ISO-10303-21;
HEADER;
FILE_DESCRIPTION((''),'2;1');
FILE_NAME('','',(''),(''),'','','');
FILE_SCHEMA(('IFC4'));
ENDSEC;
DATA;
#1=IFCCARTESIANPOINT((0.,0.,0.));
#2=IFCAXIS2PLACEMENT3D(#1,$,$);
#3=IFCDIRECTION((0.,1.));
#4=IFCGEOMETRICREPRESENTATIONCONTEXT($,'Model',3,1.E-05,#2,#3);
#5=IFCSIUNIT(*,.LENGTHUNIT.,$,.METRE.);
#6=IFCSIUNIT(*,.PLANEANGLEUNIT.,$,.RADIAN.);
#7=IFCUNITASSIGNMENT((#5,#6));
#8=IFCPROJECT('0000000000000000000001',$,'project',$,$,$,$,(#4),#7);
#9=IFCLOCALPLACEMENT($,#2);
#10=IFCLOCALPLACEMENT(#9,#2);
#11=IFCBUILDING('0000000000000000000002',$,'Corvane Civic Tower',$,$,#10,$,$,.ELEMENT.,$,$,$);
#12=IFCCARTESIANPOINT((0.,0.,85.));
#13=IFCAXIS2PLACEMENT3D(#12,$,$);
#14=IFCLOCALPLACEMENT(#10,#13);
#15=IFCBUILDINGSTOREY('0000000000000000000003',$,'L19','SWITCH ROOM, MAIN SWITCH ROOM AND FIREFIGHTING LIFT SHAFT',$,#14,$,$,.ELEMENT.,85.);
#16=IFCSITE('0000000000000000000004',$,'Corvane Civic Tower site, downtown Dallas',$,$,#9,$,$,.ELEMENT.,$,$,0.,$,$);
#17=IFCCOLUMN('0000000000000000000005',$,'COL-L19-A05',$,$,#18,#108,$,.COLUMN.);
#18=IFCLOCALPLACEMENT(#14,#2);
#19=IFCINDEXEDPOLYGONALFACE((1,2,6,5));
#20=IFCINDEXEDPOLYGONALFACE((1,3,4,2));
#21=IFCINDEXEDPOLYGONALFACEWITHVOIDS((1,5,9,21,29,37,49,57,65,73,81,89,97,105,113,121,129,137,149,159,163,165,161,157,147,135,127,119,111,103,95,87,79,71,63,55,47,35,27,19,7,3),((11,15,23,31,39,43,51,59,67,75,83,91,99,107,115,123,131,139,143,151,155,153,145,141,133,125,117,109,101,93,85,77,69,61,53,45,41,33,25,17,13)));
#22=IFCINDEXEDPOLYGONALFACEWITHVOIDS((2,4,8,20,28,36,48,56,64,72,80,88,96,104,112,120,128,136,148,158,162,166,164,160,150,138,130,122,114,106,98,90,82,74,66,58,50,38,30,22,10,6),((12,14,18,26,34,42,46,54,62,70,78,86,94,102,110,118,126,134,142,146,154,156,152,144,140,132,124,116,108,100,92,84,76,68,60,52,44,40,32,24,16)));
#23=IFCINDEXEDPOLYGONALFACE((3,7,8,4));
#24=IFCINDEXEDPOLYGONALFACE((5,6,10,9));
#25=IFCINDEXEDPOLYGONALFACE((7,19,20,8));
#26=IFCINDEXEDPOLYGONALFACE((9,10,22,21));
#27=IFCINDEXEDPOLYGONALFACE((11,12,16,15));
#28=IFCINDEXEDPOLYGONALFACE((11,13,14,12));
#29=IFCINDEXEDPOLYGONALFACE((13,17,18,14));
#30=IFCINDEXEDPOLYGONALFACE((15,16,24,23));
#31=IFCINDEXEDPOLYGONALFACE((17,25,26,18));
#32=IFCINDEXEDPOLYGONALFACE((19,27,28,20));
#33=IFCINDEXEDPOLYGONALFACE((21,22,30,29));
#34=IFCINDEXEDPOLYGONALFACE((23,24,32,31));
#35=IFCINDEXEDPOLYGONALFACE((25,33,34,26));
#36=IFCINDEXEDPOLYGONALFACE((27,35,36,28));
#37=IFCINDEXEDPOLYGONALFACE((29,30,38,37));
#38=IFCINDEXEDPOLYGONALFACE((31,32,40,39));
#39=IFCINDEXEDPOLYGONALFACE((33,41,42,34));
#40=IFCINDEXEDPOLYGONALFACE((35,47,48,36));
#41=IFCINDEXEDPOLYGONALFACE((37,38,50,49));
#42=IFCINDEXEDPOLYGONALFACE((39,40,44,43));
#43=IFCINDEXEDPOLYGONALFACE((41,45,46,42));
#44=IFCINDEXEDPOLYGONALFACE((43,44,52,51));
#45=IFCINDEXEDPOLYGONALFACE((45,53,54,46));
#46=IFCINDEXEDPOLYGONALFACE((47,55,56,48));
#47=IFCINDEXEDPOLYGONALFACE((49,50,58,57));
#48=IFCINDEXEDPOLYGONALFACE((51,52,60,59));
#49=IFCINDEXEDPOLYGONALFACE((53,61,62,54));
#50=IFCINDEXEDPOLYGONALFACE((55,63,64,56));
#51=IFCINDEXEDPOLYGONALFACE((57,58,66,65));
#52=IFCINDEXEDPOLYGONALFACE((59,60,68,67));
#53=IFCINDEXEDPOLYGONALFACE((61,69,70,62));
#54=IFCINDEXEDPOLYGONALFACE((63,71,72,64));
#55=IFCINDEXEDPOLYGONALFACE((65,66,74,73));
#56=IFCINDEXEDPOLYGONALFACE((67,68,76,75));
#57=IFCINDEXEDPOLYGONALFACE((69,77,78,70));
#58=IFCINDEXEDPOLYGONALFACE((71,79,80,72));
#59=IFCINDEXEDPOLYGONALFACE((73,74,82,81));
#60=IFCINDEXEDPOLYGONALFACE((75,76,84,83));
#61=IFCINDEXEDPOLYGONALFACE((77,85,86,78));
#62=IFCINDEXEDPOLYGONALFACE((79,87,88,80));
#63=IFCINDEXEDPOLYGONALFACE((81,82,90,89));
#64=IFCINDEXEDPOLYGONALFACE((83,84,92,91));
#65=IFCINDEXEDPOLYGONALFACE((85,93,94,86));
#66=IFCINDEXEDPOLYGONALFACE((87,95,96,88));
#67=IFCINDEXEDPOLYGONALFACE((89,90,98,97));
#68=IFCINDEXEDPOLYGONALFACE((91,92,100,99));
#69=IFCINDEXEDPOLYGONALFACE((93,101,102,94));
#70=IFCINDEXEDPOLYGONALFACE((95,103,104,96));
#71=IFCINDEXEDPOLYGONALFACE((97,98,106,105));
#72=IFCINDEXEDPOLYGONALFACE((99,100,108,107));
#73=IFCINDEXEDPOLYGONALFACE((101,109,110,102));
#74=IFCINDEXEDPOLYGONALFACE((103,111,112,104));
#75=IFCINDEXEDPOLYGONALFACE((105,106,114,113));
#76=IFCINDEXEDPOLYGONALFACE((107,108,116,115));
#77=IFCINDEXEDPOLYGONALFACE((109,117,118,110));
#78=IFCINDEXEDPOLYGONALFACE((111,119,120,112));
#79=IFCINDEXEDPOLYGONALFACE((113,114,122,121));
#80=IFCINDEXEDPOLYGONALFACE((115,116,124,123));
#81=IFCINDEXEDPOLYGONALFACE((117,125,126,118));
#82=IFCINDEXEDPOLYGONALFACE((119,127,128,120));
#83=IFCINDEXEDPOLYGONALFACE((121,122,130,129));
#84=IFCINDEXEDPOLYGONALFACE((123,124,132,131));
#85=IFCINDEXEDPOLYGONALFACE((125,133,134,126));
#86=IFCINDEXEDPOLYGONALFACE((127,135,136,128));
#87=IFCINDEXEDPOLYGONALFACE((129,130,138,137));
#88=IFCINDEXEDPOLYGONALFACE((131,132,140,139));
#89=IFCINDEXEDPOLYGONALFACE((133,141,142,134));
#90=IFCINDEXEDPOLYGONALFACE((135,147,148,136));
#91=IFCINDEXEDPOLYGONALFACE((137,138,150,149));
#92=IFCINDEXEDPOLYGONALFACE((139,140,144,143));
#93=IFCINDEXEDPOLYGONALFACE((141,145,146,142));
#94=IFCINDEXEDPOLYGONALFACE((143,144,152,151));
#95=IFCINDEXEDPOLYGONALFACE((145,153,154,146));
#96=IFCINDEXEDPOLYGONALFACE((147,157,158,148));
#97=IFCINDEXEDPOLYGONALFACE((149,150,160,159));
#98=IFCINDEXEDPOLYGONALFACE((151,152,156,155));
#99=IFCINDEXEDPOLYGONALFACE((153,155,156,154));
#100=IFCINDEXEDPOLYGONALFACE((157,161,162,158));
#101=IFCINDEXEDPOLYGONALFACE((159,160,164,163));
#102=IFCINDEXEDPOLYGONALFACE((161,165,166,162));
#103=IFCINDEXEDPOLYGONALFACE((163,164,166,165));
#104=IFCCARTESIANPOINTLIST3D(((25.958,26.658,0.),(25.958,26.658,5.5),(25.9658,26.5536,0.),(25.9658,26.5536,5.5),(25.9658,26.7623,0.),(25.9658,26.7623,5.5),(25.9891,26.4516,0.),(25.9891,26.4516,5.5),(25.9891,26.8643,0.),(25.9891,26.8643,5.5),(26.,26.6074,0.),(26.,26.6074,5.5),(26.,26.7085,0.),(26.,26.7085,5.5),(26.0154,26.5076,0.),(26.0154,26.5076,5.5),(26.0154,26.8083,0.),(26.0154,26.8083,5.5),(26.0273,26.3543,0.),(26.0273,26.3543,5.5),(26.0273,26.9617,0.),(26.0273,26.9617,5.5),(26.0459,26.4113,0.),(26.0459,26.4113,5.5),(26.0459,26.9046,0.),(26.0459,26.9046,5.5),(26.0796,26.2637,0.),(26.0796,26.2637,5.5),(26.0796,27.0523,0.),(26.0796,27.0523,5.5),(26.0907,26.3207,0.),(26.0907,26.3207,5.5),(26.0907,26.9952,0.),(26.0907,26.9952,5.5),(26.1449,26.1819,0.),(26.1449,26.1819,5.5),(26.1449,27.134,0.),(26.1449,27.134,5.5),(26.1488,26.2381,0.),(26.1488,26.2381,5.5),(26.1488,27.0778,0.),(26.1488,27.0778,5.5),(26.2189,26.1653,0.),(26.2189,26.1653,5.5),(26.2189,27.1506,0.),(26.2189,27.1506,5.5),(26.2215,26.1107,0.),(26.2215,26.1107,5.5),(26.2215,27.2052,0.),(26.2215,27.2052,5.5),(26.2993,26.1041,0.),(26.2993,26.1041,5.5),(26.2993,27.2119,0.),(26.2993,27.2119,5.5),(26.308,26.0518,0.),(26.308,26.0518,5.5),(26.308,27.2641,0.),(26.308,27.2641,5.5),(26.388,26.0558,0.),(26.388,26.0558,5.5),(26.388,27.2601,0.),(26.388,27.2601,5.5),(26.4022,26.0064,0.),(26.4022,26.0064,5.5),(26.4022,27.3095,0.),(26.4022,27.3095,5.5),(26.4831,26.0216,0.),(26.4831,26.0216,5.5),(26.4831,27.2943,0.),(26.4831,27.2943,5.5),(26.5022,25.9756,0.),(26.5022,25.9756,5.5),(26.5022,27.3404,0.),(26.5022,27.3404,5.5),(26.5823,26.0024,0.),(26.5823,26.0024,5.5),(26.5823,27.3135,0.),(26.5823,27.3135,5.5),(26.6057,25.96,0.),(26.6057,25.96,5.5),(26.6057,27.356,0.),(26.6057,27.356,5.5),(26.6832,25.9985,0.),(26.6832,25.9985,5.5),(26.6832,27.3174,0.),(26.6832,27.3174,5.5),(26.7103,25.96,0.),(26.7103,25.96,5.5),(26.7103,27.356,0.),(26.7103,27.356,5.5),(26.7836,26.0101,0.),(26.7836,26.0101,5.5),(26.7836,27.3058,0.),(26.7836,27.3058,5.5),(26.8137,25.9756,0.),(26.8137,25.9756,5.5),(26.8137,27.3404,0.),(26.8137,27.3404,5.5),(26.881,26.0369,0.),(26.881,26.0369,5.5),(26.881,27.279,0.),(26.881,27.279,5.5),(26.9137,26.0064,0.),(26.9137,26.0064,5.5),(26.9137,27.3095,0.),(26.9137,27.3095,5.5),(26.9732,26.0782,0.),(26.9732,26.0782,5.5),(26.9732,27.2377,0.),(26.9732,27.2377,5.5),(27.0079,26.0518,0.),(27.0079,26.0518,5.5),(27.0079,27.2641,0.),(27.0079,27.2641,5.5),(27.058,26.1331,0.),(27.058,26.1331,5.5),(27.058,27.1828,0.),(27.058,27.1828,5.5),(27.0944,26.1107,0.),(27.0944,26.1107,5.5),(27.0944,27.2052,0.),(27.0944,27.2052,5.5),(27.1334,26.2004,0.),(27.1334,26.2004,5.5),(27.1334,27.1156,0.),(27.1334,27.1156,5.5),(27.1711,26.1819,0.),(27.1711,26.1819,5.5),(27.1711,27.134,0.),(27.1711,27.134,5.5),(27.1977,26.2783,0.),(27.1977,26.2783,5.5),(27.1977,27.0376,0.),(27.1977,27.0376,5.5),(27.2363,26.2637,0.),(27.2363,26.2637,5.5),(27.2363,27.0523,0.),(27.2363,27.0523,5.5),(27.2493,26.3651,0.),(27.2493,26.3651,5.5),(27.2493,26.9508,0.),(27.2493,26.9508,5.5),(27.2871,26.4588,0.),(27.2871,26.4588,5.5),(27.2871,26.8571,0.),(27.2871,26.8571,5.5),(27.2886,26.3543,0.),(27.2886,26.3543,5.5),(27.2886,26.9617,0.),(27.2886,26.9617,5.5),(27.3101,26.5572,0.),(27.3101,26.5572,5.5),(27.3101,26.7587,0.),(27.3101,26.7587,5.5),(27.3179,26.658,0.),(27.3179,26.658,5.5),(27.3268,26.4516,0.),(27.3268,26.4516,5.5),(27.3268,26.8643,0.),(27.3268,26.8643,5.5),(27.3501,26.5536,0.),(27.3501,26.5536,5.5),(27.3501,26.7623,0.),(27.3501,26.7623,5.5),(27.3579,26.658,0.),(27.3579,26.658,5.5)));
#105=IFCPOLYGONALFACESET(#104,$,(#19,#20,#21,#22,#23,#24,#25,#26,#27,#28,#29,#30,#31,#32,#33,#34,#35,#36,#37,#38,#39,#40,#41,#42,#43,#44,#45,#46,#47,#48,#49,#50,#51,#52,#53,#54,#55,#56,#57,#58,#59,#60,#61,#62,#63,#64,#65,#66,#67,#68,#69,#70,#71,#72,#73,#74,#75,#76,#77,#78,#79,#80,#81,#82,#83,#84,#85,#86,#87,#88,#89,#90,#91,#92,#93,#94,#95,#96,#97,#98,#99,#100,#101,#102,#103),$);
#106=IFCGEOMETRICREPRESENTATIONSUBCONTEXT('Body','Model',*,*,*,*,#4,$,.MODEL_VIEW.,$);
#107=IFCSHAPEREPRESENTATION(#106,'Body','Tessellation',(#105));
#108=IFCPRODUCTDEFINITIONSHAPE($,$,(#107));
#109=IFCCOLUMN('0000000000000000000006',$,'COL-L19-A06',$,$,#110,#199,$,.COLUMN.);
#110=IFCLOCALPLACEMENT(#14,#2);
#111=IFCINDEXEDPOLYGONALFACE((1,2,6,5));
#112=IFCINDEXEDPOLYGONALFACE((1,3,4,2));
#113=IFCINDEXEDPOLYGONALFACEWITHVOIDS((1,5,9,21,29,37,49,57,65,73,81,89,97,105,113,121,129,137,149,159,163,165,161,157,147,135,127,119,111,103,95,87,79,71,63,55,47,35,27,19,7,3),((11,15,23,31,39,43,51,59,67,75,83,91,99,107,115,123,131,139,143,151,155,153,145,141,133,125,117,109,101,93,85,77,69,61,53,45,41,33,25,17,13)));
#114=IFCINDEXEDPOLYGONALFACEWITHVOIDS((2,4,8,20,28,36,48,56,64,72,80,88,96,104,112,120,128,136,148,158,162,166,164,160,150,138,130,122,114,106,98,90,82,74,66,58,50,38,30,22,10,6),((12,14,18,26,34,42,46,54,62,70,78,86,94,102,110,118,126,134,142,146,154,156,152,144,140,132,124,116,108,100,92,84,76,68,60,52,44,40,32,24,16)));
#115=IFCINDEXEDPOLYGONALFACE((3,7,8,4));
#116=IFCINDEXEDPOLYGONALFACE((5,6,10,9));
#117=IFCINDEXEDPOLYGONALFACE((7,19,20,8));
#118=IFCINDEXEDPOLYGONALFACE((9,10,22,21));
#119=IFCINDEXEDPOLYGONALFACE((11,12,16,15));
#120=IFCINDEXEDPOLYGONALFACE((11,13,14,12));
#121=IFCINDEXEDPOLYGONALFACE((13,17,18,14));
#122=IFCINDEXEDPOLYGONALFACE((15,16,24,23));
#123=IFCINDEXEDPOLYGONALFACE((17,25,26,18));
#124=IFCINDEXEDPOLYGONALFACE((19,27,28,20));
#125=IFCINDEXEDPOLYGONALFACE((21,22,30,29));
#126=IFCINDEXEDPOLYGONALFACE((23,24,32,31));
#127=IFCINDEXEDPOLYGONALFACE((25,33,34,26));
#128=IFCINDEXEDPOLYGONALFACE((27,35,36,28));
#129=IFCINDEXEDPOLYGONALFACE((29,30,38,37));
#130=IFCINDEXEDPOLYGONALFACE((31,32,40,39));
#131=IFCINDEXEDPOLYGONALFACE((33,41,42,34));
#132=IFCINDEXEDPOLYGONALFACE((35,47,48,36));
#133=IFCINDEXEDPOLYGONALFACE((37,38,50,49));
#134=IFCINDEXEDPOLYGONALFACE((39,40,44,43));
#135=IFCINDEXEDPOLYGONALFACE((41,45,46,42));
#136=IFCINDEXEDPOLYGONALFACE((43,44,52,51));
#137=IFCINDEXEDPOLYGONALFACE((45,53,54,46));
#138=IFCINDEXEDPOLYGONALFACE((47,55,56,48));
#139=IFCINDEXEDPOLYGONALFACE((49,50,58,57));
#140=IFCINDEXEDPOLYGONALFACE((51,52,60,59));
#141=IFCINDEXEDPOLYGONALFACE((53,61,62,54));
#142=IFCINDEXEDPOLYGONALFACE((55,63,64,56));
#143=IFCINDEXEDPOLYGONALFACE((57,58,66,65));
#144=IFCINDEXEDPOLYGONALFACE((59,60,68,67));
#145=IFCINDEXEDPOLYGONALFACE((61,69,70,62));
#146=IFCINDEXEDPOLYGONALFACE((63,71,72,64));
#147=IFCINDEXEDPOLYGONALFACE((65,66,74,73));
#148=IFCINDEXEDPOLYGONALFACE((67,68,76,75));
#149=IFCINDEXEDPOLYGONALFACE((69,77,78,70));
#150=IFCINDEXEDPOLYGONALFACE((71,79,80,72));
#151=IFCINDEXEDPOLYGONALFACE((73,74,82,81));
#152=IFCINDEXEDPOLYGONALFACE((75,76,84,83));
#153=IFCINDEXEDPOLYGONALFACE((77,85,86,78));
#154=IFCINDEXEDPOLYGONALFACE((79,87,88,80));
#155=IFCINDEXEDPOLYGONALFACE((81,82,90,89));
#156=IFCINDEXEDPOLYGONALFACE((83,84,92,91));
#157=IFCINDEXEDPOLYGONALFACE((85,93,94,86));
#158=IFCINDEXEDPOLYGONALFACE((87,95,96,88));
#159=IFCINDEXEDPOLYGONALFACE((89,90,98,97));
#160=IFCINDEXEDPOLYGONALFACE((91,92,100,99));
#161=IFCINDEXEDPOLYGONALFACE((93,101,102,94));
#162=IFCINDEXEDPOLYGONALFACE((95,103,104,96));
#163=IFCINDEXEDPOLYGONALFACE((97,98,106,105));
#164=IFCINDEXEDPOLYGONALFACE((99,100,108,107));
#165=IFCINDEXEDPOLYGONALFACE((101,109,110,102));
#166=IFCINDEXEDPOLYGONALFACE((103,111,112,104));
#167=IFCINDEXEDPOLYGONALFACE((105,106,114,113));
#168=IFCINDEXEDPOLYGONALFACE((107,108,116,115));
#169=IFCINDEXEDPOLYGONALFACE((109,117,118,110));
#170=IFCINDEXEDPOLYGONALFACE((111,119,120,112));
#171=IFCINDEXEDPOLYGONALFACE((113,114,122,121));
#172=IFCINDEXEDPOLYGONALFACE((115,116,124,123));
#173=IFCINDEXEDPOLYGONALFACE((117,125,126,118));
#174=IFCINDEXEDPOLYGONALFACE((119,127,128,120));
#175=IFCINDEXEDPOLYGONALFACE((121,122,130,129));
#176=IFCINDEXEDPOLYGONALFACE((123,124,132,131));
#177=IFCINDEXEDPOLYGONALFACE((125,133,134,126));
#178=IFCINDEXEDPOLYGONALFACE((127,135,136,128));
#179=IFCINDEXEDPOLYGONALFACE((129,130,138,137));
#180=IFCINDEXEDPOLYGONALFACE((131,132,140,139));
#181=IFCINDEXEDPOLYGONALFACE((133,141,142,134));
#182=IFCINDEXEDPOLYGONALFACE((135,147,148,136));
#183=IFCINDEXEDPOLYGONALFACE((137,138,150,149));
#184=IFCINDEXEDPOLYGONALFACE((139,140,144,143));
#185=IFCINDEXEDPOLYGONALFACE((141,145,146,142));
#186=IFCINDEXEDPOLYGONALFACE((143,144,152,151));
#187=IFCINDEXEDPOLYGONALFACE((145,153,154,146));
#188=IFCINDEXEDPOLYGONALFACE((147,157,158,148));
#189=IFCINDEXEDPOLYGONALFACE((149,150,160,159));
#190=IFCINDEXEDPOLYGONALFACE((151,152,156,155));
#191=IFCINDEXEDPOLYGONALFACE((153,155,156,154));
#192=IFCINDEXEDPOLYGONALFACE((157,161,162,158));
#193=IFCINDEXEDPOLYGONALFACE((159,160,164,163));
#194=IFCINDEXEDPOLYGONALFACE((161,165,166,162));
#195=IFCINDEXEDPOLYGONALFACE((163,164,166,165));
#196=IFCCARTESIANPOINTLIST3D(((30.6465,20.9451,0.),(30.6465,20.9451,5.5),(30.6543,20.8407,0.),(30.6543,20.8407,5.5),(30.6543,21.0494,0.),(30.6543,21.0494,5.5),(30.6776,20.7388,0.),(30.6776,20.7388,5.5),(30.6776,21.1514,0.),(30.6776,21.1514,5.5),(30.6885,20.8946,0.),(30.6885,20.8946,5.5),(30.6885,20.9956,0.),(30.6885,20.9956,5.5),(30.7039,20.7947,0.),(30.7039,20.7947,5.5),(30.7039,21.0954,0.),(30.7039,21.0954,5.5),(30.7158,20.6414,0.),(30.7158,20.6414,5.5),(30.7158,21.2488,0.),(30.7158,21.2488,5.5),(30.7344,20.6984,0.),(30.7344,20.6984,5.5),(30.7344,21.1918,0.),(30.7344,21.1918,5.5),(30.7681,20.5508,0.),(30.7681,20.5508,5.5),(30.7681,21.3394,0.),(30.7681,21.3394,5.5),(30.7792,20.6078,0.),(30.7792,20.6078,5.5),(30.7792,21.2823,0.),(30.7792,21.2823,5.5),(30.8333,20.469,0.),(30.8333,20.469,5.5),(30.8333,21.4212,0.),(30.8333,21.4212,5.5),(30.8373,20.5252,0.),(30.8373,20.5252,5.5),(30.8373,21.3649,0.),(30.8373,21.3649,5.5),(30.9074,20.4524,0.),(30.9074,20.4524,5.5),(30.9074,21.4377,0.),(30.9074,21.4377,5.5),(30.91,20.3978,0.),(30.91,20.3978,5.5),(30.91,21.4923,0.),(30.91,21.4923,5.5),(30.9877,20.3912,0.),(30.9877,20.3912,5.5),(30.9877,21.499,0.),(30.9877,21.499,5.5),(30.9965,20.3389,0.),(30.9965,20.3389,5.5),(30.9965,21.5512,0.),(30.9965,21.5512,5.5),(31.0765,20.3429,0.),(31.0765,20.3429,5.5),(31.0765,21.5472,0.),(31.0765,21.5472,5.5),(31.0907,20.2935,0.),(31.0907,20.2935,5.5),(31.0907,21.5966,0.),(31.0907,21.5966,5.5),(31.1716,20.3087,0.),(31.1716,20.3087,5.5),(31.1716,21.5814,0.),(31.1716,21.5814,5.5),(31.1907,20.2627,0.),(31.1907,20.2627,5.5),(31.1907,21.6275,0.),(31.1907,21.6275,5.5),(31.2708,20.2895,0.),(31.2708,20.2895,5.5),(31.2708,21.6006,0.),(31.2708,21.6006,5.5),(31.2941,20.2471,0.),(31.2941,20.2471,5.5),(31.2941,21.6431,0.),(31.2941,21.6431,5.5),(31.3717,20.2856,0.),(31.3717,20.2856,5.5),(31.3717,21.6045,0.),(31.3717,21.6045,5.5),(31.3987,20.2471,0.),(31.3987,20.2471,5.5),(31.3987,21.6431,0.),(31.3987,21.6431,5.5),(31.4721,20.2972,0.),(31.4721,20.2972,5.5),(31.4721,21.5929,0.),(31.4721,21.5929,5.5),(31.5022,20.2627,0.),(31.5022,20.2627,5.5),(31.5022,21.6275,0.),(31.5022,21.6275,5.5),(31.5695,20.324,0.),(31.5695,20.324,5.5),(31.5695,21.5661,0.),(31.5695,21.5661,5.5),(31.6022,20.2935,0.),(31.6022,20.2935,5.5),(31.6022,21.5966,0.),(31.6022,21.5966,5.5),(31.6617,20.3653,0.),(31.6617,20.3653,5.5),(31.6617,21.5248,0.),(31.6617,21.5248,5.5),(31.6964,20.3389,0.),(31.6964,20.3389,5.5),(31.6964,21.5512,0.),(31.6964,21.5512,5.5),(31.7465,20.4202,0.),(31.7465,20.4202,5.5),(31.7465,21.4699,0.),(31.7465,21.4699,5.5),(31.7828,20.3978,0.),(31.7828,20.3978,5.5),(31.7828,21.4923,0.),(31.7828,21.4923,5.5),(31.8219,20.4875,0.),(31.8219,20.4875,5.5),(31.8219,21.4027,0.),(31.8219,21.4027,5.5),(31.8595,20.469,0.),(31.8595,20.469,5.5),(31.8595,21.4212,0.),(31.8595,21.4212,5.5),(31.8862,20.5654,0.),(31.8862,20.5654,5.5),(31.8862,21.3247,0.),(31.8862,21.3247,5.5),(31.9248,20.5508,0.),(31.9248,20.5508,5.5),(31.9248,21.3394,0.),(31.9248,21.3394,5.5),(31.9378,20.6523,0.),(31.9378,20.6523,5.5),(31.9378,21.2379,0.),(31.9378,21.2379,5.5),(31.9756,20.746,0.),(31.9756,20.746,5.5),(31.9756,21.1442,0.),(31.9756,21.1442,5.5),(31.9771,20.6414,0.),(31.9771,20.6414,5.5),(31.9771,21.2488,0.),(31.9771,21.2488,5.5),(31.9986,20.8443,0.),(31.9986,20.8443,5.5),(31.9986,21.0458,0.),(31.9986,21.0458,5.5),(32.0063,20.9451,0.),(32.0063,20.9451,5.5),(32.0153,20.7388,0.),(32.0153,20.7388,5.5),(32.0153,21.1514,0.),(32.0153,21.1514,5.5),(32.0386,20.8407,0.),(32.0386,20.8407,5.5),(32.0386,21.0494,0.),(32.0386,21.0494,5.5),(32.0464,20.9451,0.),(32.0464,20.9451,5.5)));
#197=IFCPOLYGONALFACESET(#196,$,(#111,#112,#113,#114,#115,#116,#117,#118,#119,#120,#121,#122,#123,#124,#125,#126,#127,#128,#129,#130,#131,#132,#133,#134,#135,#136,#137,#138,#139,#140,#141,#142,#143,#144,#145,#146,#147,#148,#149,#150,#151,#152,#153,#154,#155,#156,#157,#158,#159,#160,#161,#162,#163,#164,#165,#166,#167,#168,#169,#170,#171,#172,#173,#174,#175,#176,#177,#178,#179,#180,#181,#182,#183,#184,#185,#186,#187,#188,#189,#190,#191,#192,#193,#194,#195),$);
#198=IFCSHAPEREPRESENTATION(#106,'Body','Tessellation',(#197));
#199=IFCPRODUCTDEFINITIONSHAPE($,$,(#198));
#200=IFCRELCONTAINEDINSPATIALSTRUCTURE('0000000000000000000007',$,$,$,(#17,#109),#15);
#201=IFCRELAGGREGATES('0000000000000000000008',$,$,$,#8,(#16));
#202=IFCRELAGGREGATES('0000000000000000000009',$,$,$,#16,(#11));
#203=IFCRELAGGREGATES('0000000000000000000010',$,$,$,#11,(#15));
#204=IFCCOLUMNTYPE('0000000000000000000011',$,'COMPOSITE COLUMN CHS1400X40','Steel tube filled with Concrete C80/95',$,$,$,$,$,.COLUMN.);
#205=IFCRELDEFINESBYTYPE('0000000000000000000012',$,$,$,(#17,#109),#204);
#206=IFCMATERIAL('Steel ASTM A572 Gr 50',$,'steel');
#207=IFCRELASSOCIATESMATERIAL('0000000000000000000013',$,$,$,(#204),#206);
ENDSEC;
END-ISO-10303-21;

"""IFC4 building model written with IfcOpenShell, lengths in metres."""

from ifc_helpers import new_model, si_unit, direction, frame, origin, origin_2d, place, context, subcontext, project, spatial, hollow_circle, extrude, material, material_profile, profile_set, type_object, element, save


model = new_model("IFC4")

# Units and contexts
model_context = context("Model", 3, precision=1e-05, world=origin(), true_north=direction((0.0, 1.0)))
body_context = subcontext(model_context, "Body", "Model", "MODEL_VIEW")
ifc_project = project(units=[si_unit("LENGTHUNIT", "METRE"), si_unit("PLANEANGLEUNIT", "RADIAN")], contexts=[model_context])

# Site, building, storey
site_placement = place(None, origin())
site = spatial("IfcSite", under=ifc_project, at=site_placement, Name="Corvane Civic Tower site, downtown Dallas", CompositionType="ELEMENT", RefElevation=0.0)
building_placement = place(site_placement, origin())
building = spatial("IfcBuilding", under=site, at=building_placement, Name="Corvane Civic Tower", CompositionType="ELEMENT")
storey_placement = place(building_placement, frame((0.0, 0.0, 85.0)))
storey = spatial("IfcBuildingStorey", under=building, at=storey_placement, Name="L19", Description="SWITCH ROOM, MAIN SWITCH ROOM AND FIREFIGHTING LIFT SHAFT", CompositionType="ELEMENT", Elevation=85.0)

# Columns
ifc_material_1 = material(Name="Steel ASTM A572 Gr 50", Category="steel")
ifc_material_profile_1 = material_profile(ifc_material_1, hollow_circle(Radius=0.7, WallThickness=0.04, at=origin_2d()), Name="CHS1400X40")
ifc_profile_set_1 = profile_set([ifc_material_profile_1], Name="Steel ASTM A572 Gr 50")
column_type = type_object("IfcColumnType", Name="COMPOSITE COLUMN CHS1400X40", Description="Steel tube filled with Concrete C80/95", PredefinedType="COLUMN", material=ifc_profile_set_1)
for number, where, z_axis, x_axis, name in (
    (1, (26.658, 26.658, 0.0), (0.0, 0.0, 1.0), (1.0, 0.0, 0.0), "COL-L19-A05"),
    (2, (31.3464, 20.9451, 0.0), (0.0, 0.0, 1.0), (1.0, 0.0, 0.0), "COL-L19-A06"),
):
    element("IfcColumn", number, at=place(storey_placement, frame(where, z_axis=z_axis, x_axis=x_axis)), inside=storey, type_object=column_type, Name=name, PredefinedType="COLUMN", context=body_context, shape_type="SweptSolid", body=[
        extrude(hollow_circle(Radius=0.7, WallThickness=0.04, at=origin_2d()), origin(), (0.0, 0.0, 1.0), 5.5),
    ])

save(model, "model.ifc")
